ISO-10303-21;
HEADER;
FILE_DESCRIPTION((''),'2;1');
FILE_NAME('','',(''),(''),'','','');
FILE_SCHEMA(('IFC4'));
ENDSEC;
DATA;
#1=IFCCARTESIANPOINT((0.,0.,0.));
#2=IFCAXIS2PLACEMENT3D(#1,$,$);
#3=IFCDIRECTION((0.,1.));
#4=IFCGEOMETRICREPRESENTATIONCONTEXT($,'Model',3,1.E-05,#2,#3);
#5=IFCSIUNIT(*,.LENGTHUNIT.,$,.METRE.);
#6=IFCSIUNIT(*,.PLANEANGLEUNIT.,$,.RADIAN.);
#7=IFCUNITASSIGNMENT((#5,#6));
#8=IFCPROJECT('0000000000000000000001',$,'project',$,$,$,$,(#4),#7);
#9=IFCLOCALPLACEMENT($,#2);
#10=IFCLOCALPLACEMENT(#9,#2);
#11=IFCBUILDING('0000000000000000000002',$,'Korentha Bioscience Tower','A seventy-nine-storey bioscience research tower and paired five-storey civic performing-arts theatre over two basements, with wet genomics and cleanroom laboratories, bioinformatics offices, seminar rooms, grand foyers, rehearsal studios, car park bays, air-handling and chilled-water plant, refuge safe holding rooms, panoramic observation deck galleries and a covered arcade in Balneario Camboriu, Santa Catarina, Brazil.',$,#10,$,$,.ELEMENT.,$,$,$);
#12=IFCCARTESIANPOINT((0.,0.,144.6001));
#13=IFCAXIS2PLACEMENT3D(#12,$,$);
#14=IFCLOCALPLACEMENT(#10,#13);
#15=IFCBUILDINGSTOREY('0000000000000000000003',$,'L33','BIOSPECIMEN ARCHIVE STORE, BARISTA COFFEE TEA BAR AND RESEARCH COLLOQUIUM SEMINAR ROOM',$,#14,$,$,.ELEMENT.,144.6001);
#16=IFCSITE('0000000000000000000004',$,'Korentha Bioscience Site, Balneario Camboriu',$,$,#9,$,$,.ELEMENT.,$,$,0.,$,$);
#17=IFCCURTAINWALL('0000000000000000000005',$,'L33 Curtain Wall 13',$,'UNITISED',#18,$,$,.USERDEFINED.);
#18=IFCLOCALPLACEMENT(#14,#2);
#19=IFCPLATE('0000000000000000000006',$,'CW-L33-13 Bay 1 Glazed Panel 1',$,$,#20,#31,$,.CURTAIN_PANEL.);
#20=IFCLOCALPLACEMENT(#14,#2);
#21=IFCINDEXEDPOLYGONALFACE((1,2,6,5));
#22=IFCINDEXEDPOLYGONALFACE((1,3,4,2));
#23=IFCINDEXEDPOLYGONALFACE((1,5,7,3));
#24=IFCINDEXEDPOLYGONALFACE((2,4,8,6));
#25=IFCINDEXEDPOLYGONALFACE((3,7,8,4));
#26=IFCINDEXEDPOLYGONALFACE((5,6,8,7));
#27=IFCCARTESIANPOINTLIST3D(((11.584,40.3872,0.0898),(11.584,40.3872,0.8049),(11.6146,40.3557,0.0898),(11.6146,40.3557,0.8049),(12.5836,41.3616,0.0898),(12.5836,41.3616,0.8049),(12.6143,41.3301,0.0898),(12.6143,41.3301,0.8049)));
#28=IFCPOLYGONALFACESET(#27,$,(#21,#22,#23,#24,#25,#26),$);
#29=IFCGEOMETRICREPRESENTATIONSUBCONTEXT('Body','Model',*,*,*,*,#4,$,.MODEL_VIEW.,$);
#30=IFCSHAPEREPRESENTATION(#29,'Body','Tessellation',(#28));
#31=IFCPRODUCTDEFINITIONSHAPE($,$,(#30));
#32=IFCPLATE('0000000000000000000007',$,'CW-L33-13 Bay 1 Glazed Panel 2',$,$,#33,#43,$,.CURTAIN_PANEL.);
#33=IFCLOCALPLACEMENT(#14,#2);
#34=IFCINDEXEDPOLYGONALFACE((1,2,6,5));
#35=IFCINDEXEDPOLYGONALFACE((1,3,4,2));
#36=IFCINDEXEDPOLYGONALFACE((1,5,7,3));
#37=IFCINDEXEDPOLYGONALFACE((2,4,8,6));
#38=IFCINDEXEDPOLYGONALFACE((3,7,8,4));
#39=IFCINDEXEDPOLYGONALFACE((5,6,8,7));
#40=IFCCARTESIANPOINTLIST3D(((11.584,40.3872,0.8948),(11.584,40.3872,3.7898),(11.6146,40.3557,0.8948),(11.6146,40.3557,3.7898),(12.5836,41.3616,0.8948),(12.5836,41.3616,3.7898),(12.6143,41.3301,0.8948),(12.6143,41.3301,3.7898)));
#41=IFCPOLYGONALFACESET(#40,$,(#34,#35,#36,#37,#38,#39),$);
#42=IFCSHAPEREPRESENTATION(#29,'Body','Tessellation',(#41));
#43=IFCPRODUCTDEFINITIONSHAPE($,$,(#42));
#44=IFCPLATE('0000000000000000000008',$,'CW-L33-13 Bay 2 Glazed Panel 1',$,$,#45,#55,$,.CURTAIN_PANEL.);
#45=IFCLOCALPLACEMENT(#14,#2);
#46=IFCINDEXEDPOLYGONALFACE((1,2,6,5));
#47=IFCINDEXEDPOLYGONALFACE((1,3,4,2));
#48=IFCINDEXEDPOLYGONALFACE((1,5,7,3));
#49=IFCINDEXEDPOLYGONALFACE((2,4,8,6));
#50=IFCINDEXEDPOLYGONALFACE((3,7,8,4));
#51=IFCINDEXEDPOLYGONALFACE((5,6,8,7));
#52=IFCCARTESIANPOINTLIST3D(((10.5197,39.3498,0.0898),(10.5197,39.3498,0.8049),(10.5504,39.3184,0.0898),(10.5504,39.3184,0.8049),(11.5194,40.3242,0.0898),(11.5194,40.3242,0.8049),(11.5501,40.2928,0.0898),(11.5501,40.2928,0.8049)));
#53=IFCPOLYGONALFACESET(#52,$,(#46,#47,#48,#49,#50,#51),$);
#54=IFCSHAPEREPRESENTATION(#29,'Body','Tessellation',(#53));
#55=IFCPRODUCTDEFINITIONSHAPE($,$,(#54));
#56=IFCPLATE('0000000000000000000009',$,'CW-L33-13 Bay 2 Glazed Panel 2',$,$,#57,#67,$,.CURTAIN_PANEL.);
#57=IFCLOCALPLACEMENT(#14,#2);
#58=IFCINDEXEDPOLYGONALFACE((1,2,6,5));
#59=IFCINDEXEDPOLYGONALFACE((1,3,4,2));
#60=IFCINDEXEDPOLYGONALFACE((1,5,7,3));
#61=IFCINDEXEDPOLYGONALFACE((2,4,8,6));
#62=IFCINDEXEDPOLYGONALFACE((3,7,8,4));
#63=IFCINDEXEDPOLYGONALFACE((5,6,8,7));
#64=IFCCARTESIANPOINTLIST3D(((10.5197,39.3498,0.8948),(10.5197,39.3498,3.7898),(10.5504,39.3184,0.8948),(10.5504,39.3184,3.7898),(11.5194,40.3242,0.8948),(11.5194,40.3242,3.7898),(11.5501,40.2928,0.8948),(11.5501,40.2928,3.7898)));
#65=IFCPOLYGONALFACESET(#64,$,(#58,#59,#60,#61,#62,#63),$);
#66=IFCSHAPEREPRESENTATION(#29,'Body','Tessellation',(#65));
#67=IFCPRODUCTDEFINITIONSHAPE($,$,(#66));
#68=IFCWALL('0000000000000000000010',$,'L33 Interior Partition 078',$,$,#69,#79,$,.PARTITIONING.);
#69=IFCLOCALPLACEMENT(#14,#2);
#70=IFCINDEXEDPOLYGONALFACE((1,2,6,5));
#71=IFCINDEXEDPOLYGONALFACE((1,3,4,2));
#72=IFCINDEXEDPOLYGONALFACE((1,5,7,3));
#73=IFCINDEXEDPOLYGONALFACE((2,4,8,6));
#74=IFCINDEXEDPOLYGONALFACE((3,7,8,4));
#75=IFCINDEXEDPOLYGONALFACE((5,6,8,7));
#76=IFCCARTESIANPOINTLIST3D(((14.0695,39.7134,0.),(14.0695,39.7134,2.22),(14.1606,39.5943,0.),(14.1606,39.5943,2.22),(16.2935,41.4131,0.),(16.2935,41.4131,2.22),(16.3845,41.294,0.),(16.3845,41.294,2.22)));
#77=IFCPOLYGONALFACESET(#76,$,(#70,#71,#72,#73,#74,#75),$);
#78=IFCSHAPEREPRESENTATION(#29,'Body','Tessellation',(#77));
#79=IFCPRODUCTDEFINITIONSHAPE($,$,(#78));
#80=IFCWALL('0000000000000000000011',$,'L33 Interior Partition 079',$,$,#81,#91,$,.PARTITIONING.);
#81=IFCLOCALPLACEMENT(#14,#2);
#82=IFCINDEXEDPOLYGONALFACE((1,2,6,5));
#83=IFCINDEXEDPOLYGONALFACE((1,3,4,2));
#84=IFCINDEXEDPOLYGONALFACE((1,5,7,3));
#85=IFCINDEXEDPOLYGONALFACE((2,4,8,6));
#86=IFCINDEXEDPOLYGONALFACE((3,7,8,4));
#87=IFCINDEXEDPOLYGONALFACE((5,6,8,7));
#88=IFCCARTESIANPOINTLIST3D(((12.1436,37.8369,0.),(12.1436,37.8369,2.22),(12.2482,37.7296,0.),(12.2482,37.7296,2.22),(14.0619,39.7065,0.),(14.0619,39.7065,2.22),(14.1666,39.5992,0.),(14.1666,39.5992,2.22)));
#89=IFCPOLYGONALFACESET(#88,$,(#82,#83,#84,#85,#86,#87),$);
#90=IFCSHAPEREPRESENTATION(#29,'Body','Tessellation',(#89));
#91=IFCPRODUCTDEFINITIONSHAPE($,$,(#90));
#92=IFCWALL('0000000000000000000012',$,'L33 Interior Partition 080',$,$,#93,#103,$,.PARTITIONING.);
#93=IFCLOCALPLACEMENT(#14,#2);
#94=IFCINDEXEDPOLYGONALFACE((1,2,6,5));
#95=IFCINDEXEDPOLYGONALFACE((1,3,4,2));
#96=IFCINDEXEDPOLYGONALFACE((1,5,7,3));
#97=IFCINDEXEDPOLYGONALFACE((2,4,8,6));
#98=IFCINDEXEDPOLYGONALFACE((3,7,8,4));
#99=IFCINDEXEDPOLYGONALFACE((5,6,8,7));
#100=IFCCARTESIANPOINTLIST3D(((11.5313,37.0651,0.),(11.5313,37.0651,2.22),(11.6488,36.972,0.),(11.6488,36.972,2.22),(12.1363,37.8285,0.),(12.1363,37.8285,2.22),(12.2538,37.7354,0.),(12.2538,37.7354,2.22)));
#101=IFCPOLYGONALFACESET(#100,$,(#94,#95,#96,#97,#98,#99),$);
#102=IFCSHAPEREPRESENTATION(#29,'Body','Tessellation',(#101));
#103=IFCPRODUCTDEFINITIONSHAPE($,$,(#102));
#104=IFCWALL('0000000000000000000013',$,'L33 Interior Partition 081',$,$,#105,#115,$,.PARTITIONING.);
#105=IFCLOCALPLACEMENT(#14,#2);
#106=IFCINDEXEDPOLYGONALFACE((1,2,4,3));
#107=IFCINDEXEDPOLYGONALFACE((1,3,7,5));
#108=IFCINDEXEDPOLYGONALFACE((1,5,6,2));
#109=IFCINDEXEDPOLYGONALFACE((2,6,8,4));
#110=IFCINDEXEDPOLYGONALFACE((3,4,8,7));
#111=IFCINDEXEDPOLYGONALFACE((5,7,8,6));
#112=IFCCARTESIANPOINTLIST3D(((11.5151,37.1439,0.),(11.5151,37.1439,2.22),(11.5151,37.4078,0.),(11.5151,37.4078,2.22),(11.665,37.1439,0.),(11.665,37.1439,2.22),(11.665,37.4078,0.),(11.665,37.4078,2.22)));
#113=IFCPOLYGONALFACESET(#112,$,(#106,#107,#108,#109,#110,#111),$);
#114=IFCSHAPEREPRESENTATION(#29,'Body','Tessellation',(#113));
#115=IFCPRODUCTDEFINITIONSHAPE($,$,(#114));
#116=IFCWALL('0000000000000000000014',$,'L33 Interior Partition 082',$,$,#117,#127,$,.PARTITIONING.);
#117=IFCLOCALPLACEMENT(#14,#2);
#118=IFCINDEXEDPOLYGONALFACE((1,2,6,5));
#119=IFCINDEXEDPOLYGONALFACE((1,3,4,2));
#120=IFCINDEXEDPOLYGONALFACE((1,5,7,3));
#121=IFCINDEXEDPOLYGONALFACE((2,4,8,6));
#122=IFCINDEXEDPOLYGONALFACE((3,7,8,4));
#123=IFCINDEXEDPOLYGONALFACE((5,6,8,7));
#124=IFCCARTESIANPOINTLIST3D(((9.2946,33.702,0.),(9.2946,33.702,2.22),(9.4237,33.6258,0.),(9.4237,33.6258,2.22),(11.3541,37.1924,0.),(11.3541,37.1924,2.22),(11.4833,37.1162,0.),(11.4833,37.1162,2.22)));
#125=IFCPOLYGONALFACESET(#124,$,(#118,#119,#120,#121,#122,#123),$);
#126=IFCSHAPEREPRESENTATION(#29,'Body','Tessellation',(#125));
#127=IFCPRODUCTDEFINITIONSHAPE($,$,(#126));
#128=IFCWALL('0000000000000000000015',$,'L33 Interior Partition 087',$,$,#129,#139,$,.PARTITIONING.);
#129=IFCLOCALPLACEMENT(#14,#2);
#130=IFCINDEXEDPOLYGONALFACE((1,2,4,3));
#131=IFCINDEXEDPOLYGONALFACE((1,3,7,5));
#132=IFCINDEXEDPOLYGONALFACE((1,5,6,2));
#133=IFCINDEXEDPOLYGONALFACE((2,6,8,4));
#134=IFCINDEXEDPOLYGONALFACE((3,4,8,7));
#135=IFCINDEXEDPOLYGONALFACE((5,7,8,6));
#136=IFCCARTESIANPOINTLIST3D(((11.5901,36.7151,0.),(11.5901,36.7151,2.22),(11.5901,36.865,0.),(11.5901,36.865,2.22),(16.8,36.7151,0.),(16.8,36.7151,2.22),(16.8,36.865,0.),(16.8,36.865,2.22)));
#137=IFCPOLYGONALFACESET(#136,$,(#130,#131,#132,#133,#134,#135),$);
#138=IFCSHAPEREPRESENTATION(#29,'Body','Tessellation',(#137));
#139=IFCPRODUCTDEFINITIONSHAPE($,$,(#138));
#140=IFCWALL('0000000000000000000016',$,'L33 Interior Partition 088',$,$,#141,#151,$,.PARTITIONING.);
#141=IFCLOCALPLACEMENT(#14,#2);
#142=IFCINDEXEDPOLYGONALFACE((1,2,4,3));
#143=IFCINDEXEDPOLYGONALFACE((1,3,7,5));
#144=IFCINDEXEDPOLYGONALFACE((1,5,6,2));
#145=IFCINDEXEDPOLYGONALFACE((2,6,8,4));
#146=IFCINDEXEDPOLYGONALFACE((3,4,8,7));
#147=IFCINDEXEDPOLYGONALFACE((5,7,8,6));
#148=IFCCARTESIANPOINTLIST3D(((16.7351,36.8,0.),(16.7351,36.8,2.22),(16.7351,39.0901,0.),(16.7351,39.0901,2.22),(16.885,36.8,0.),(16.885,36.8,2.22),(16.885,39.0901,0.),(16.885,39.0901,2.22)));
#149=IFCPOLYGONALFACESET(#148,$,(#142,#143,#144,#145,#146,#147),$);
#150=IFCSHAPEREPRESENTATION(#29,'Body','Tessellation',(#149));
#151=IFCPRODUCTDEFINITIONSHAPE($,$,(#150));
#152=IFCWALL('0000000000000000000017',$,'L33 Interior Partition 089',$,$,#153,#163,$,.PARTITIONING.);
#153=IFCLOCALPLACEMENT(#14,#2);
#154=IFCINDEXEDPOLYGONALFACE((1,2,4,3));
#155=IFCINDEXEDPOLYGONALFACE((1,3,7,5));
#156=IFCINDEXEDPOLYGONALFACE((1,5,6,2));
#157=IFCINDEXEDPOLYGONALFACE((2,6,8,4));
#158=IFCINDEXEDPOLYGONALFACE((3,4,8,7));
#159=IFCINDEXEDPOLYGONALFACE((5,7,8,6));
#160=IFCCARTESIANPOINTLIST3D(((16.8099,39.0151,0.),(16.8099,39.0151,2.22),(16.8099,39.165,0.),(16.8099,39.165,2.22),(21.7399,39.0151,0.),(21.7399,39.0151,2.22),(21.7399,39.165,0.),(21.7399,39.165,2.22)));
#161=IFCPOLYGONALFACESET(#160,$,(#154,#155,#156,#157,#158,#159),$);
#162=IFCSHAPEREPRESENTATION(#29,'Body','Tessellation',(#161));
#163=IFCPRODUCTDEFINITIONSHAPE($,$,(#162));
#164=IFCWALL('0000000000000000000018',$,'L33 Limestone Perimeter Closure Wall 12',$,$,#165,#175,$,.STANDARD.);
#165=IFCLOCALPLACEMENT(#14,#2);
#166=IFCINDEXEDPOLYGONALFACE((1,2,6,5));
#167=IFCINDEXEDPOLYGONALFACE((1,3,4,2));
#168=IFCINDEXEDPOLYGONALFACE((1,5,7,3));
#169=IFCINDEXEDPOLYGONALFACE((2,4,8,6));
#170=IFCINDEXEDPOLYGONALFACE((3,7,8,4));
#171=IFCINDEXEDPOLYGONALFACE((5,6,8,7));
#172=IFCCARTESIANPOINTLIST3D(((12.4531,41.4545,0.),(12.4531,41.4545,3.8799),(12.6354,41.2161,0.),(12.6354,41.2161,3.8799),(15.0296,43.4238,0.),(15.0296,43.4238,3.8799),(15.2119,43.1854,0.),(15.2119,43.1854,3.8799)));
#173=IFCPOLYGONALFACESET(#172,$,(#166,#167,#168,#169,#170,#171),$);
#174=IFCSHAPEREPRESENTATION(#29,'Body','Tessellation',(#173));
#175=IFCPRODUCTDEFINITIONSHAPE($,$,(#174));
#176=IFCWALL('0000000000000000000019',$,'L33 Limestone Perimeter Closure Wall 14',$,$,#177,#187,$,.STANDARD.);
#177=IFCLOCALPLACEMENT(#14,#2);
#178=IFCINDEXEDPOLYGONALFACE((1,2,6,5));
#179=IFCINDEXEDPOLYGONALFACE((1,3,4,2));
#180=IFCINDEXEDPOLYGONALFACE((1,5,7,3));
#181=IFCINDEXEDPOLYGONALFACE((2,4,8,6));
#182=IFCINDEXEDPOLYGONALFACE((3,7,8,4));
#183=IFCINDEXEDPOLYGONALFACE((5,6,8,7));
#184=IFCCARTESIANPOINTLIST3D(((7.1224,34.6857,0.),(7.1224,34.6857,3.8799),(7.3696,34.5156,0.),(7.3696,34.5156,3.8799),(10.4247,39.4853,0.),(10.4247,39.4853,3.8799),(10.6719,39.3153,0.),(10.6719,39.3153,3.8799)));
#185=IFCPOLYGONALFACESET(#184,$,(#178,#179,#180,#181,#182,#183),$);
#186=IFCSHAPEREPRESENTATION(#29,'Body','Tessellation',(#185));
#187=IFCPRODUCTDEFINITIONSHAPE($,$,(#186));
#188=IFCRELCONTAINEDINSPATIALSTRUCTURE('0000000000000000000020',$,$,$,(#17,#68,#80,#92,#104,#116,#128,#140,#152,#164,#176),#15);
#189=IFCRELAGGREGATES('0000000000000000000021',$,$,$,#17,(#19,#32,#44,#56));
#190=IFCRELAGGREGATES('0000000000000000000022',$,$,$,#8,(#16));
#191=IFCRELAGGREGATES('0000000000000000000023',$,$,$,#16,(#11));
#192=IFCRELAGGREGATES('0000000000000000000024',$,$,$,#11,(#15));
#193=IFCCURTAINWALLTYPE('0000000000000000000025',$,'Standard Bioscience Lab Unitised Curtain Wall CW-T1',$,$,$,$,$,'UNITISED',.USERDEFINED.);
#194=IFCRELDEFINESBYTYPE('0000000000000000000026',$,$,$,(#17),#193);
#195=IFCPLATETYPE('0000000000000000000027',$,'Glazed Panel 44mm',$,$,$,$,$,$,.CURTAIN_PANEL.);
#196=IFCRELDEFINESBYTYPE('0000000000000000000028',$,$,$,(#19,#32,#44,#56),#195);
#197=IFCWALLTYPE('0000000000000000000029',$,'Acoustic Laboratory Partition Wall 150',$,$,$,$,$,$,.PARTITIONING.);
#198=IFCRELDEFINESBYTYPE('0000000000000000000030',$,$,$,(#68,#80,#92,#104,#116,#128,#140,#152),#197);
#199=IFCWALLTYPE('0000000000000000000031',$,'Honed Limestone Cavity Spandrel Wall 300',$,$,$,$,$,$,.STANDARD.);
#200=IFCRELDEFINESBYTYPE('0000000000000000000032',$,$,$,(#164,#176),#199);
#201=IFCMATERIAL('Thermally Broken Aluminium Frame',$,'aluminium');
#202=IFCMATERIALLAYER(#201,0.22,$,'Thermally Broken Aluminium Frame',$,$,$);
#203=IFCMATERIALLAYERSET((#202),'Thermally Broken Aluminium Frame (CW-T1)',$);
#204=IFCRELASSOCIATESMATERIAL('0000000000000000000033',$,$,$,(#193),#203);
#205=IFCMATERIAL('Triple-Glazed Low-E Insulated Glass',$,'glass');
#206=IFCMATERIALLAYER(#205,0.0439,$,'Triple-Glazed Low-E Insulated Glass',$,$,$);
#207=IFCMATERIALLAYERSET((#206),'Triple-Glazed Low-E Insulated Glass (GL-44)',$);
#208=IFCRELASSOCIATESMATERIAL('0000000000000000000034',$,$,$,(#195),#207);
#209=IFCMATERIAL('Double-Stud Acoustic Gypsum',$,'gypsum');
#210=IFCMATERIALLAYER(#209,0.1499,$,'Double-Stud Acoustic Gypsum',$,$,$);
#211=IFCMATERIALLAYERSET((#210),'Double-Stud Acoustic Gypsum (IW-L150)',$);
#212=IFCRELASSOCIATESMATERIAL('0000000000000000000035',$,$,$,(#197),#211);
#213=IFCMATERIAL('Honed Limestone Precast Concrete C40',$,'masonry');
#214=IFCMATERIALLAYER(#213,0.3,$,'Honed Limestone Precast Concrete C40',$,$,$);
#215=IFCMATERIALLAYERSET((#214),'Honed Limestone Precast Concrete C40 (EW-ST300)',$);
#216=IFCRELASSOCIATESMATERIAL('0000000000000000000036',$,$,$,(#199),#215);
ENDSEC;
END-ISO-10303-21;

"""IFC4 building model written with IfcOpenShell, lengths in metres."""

from ifc_helpers import new_model, si_unit, direction, frame, frame_2d, origin, origin_2d, place, context, subcontext, project, spatial, rectangle, extrude, material, layer, layer_set, type_object, element, aggregate, save


model = new_model("IFC4")

# Units and contexts
model_context = context("Model", 3, precision=1e-05, world=origin(), true_north=direction((0.0, 1.0)))
body_context = subcontext(model_context, "Body", "Model", "MODEL_VIEW")
ifc_project = project(units=[si_unit("LENGTHUNIT", "METRE"), si_unit("PLANEANGLEUNIT", "RADIAN")], contexts=[model_context])

# Site, building, storey
site_placement = place(None, origin())
site = spatial("IfcSite", under=ifc_project, at=site_placement, Name="Korentha Bioscience Site, Balneario Camboriu", CompositionType="ELEMENT", RefElevation=0.0)
building_placement = place(site_placement, origin())
building = spatial("IfcBuilding", under=site, at=building_placement, Name="Korentha Bioscience Tower", Description="A seventy-nine-storey bioscience research tower and paired five-storey civic performing-arts theatre over two basements, with wet genomics and cleanroom laboratories, bioinformatics offices, seminar rooms, grand foyers, rehearsal studios, car park bays, air-handling and chilled-water plant, refuge safe holding rooms, panoramic observation deck galleries and a covered arcade in Balneario Camboriu, Santa Catarina, Brazil.", CompositionType="ELEMENT")
storey_placement = place(building_placement, frame((0.0, 0.0, 144.6001)))
storey = spatial("IfcBuildingStorey", under=building, at=storey_placement, Name="L33", Description="BIOSPECIMEN ARCHIVE STORE, BARISTA COFFEE TEA BAR AND RESEARCH COLLOQUIUM SEMINAR ROOM", CompositionType="ELEMENT", Elevation=144.6001)

# Curtain wall, plates
ifc_material_1 = material(Name="Thermally Broken Aluminium Frame", Category="aluminium")
ifc_layer_1 = layer(ifc_material_1, 0.22, Name="Thermally Broken Aluminium Frame")
ifc_layer_set_1 = layer_set([ifc_layer_1], Name="Thermally Broken Aluminium Frame (CW-T1)")
curtain_wall_type = type_object("IfcCurtainWallType", Name="Standard Bioscience Lab Unitised Curtain Wall CW-T1", ElementType="UNITISED", PredefinedType="USERDEFINED", material=ifc_layer_set_1)
curtain_wall_placement = place(storey_placement, origin())
curtain_wall = element("IfcCurtainWall", 1, at=curtain_wall_placement, inside=storey, type_object=curtain_wall_type, Name="L33 Curtain Wall 13", ObjectType="UNITISED", PredefinedType="USERDEFINED")
ifc_material_2 = material(Name="Triple-Glazed Low-E Insulated Glass", Category="glass")
ifc_layer_2 = layer(ifc_material_2, 0.0439, Name="Triple-Glazed Low-E Insulated Glass")
ifc_layer_set_2 = layer_set([ifc_layer_2], Name="Triple-Glazed Low-E Insulated Glass (GL-44)")
plate_type = type_object("IfcPlateType", Name="Glazed Panel 44mm", PredefinedType="CURTAIN_PANEL", material=ifc_layer_set_2)
plate_1_placement = place(storey_placement, frame((12.0991, 40.8586, 0.0898), z_axis=(0.0, 0.0, 1.0), x_axis=(-0.716096, -0.698002, 0.0)))
plate_1 = element("IfcPlate", 2, at=plate_1_placement, type_object=plate_type, Name="CW-L33-13 Bay 1 Glazed Panel 1", PredefinedType="CURTAIN_PANEL", context=body_context, shape_type="SweptSolid", body=[
    extrude(rectangle(XDim=1.396, YDim=0.0439, at=origin_2d()), origin(), (0.0, 0.0, 1.0), 0.7151),
])
plate_2_placement = place(storey_placement, frame((12.0991, 40.8586, 0.8948), z_axis=(0.0, 0.0, 1.0), x_axis=(-0.716096, -0.698002, 0.0)))
plate_2 = element("IfcPlate", 3, at=plate_2_placement, type_object=plate_type, Name="CW-L33-13 Bay 1 Glazed Panel 2", PredefinedType="CURTAIN_PANEL", context=body_context, shape_type="SweptSolid", body=[
    extrude(rectangle(XDim=1.396, YDim=0.0439, at=origin_2d()), origin(), (0.0, 0.0, 1.0), 2.895),
])
plate_3_placement = place(storey_placement, frame((11.0349, 39.8213, 0.0898), z_axis=(0.0, 0.0, 1.0), x_axis=(-0.716096, -0.698002, 0.0)))
plate_3 = element("IfcPlate", 4, at=plate_3_placement, type_object=plate_type, Name="CW-L33-13 Bay 2 Glazed Panel 1", PredefinedType="CURTAIN_PANEL", context=body_context, shape_type="SweptSolid", body=[
    extrude(rectangle(XDim=1.396, YDim=0.0439, at=origin_2d()), origin(), (0.0, 0.0, 1.0), 0.7151),
])
plate_4_placement = place(storey_placement, frame((11.0349, 39.8213, 0.8948), z_axis=(0.0, 0.0, 1.0), x_axis=(-0.716096, -0.698002, 0.0)))
plate_4 = element("IfcPlate", 5, at=plate_4_placement, type_object=plate_type, Name="CW-L33-13 Bay 2 Glazed Panel 2", PredefinedType="CURTAIN_PANEL", context=body_context, shape_type="SweptSolid", body=[
    extrude(rectangle(XDim=1.396, YDim=0.0439, at=origin_2d()), origin(), (0.0, 0.0, 1.0), 2.895),
])
aggregate(curtain_wall, [plate_1, plate_2, plate_3, plate_4])

# Walls
ifc_material_3 = material(Name="Double-Stud Acoustic Gypsum", Category="gypsum")
ifc_layer_3 = layer(ifc_material_3, 0.1499, Name="Double-Stud Acoustic Gypsum")
ifc_layer_set_3 = layer_set([ifc_layer_3], Name="Double-Stud Acoustic Gypsum (IW-L150)")
wall_type_1 = type_object("IfcWallType", Name="Acoustic Laboratory Partition Wall 150", PredefinedType="PARTITIONING", material=ifc_layer_set_3)
wall_1_placement = place(storey_placement, frame((16.3389, 41.3535, 0.0), z_axis=(0.0, 0.0, 1.0), x_axis=(-0.794514, -0.607246, 0.0)))
element("IfcWall", 6, at=wall_1_placement, inside=storey, type_object=wall_type_1, Name="L33 Interior Partition 078", PredefinedType="PARTITIONING", context=body_context, shape_type="SweptSolid", body=[
    extrude(rectangle(XDim=2.7991, YDim=0.1499, at=frame_2d((1.3994, 0.0))), origin(), (0.0, 0.0, 1.0), 2.22),
])
wall_2_placement = place(storey_placement, frame((14.1143, 39.6528, 0.0), z_axis=(0.0, 0.0, 1.0), x_axis=(-0.716162, -0.697934, 0.0)))
element("IfcWall", 7, at=wall_2_placement, inside=storey, type_object=wall_type_1, Name="L33 Interior Partition 079", PredefinedType="PARTITIONING", context=body_context, shape_type="SweptSolid", body=[
    extrude(rectangle(XDim=2.6787, YDim=0.1499, at=frame_2d((1.3394, 0.0))), origin(), (0.0, 0.0, 1.0), 2.22),
])
wall_3_placement = place(storey_placement, frame((12.1951, 37.782, 0.0), z_axis=(0.0, 0.0, 1.0), x_axis=(-0.621082, -0.783746, 0.0)))
element("IfcWall", 8, at=wall_3_placement, inside=storey, type_object=wall_type_1, Name="L33 Interior Partition 080", PredefinedType="PARTITIONING", context=body_context, shape_type="SweptSolid", body=[
    extrude(rectangle(XDim=0.9741, YDim=0.1499, at=frame_2d((0.4871, 0.0))), origin(), (0.0, 0.0, 1.0), 2.22),
])
wall_4_placement = place(storey_placement, frame((11.5901, 37.144, 0.0), z_axis=(0.0, 0.0, 1.0), x_axis=(0.0, 1.0, 0.0)))
element("IfcWall", 9, at=wall_4_placement, inside=storey, type_object=wall_type_1, Name="L33 Interior Partition 081", PredefinedType="PARTITIONING", context=body_context, shape_type="SweptSolid", body=[
    extrude(rectangle(XDim=0.2639, YDim=0.1499, at=frame_2d((0.1318, 0.0))), origin(), (0.0, 0.0, 1.0), 2.22),
])
wall_5_placement = place(storey_placement, frame((11.4187, 37.1543, 0.0), z_axis=(0.0, 0.0, 1.0), x_axis=(-0.508183, -0.861249, 0.0)))
element("IfcWall", 10, at=wall_5_placement, inside=storey, type_object=wall_type_1, Name="L33 Interior Partition 082", PredefinedType="PARTITIONING", context=body_context, shape_type="SweptSolid", body=[
    extrude(rectangle(XDim=4.0527, YDim=0.1499, at=frame_2d((2.0264, 0.0))), origin(), (0.0, 0.0, 1.0), 2.22),
])
wall_6_placement = place(storey_placement, frame((11.5901, 36.79, 0.0), z_axis=(0.0, 0.0, 1.0), x_axis=(1.0, 0.0, 0.0)))
element("IfcWall", 11, at=wall_6_placement, inside=storey, type_object=wall_type_1, Name="L33 Interior Partition 087", PredefinedType="PARTITIONING", context=body_context, shape_type="SweptSolid", body=[
    extrude(rectangle(XDim=5.21, YDim=0.1499, at=frame_2d((2.605, 0.0))), origin(), (0.0, 0.0, 1.0), 2.22),
])
wall_7_placement = place(storey_placement, frame((16.8101, 36.8, 0.0), z_axis=(0.0, 0.0, 1.0), x_axis=(0.0, 1.0, 0.0)))
element("IfcWall", 12, at=wall_7_placement, inside=storey, type_object=wall_type_1, Name="L33 Interior Partition 088", PredefinedType="PARTITIONING", context=body_context, shape_type="SweptSolid", body=[
    extrude(rectangle(XDim=2.29, YDim=0.1499, at=frame_2d((1.145, 0.0))), origin(), (0.0, 0.0, 1.0), 2.22),
])
wall_8_placement = place(storey_placement, frame((16.8101, 39.0901, 0.0), z_axis=(0.0, 0.0, 1.0), x_axis=(1.0, 0.0, 0.0)))
element("IfcWall", 13, at=wall_8_placement, inside=storey, type_object=wall_type_1, Name="L33 Interior Partition 089", PredefinedType="PARTITIONING", context=body_context, shape_type="SweptSolid", body=[
    extrude(rectangle(XDim=4.9299, YDim=0.1499, at=frame_2d((2.4648, 0.0))), origin(), (0.0, 0.0, 1.0), 2.22),
])
ifc_material_4 = material(Name="Honed Limestone Precast Concrete C40", Category="masonry")
ifc_layer_4 = layer(ifc_material_4, 0.3, Name="Honed Limestone Precast Concrete C40")
ifc_layer_set_4 = layer_set([ifc_layer_4], Name="Honed Limestone Precast Concrete C40 (EW-ST300)")
wall_type_2 = type_object("IfcWallType", Name="Honed Limestone Cavity Spandrel Wall 300", PredefinedType="STANDARD", material=ifc_layer_set_4)
wall_9_placement = place(storey_placement, frame((15.1208, 43.3047, 0.0), z_axis=(0.0, 0.0, 1.0), x_axis=(-0.794501, -0.607263, 0.0)))
element("IfcWall", 14, at=wall_9_placement, inside=storey, type_object=wall_type_2, Name="L33 Limestone Perimeter Closure Wall 12", PredefinedType="STANDARD", context=body_context, shape_type="SweptSolid", body=[
    extrude(rectangle(XDim=3.2429, YDim=0.3, at=frame_2d((1.6216, 0.0))), origin(), (0.0, 0.0, 1.0), 3.8799),
])
wall_10_placement = place(storey_placement, frame((10.5483, 39.4004, 0.0), z_axis=(0.0, 0.0, 1.0), x_axis=(-0.566826, -0.823838, 0.0)))
element("IfcWall", 15, at=wall_10_placement, inside=storey, type_object=wall_type_2, Name="L33 Limestone Perimeter Closure Wall 14", PredefinedType="STANDARD", context=body_context, shape_type="SweptSolid", body=[
    extrude(rectangle(XDim=5.8259, YDim=0.3, at=frame_2d((2.9131, 0.0))), origin(), (0.0, 0.0, 1.0), 3.8799),
])

save(model, "model.ifc")
